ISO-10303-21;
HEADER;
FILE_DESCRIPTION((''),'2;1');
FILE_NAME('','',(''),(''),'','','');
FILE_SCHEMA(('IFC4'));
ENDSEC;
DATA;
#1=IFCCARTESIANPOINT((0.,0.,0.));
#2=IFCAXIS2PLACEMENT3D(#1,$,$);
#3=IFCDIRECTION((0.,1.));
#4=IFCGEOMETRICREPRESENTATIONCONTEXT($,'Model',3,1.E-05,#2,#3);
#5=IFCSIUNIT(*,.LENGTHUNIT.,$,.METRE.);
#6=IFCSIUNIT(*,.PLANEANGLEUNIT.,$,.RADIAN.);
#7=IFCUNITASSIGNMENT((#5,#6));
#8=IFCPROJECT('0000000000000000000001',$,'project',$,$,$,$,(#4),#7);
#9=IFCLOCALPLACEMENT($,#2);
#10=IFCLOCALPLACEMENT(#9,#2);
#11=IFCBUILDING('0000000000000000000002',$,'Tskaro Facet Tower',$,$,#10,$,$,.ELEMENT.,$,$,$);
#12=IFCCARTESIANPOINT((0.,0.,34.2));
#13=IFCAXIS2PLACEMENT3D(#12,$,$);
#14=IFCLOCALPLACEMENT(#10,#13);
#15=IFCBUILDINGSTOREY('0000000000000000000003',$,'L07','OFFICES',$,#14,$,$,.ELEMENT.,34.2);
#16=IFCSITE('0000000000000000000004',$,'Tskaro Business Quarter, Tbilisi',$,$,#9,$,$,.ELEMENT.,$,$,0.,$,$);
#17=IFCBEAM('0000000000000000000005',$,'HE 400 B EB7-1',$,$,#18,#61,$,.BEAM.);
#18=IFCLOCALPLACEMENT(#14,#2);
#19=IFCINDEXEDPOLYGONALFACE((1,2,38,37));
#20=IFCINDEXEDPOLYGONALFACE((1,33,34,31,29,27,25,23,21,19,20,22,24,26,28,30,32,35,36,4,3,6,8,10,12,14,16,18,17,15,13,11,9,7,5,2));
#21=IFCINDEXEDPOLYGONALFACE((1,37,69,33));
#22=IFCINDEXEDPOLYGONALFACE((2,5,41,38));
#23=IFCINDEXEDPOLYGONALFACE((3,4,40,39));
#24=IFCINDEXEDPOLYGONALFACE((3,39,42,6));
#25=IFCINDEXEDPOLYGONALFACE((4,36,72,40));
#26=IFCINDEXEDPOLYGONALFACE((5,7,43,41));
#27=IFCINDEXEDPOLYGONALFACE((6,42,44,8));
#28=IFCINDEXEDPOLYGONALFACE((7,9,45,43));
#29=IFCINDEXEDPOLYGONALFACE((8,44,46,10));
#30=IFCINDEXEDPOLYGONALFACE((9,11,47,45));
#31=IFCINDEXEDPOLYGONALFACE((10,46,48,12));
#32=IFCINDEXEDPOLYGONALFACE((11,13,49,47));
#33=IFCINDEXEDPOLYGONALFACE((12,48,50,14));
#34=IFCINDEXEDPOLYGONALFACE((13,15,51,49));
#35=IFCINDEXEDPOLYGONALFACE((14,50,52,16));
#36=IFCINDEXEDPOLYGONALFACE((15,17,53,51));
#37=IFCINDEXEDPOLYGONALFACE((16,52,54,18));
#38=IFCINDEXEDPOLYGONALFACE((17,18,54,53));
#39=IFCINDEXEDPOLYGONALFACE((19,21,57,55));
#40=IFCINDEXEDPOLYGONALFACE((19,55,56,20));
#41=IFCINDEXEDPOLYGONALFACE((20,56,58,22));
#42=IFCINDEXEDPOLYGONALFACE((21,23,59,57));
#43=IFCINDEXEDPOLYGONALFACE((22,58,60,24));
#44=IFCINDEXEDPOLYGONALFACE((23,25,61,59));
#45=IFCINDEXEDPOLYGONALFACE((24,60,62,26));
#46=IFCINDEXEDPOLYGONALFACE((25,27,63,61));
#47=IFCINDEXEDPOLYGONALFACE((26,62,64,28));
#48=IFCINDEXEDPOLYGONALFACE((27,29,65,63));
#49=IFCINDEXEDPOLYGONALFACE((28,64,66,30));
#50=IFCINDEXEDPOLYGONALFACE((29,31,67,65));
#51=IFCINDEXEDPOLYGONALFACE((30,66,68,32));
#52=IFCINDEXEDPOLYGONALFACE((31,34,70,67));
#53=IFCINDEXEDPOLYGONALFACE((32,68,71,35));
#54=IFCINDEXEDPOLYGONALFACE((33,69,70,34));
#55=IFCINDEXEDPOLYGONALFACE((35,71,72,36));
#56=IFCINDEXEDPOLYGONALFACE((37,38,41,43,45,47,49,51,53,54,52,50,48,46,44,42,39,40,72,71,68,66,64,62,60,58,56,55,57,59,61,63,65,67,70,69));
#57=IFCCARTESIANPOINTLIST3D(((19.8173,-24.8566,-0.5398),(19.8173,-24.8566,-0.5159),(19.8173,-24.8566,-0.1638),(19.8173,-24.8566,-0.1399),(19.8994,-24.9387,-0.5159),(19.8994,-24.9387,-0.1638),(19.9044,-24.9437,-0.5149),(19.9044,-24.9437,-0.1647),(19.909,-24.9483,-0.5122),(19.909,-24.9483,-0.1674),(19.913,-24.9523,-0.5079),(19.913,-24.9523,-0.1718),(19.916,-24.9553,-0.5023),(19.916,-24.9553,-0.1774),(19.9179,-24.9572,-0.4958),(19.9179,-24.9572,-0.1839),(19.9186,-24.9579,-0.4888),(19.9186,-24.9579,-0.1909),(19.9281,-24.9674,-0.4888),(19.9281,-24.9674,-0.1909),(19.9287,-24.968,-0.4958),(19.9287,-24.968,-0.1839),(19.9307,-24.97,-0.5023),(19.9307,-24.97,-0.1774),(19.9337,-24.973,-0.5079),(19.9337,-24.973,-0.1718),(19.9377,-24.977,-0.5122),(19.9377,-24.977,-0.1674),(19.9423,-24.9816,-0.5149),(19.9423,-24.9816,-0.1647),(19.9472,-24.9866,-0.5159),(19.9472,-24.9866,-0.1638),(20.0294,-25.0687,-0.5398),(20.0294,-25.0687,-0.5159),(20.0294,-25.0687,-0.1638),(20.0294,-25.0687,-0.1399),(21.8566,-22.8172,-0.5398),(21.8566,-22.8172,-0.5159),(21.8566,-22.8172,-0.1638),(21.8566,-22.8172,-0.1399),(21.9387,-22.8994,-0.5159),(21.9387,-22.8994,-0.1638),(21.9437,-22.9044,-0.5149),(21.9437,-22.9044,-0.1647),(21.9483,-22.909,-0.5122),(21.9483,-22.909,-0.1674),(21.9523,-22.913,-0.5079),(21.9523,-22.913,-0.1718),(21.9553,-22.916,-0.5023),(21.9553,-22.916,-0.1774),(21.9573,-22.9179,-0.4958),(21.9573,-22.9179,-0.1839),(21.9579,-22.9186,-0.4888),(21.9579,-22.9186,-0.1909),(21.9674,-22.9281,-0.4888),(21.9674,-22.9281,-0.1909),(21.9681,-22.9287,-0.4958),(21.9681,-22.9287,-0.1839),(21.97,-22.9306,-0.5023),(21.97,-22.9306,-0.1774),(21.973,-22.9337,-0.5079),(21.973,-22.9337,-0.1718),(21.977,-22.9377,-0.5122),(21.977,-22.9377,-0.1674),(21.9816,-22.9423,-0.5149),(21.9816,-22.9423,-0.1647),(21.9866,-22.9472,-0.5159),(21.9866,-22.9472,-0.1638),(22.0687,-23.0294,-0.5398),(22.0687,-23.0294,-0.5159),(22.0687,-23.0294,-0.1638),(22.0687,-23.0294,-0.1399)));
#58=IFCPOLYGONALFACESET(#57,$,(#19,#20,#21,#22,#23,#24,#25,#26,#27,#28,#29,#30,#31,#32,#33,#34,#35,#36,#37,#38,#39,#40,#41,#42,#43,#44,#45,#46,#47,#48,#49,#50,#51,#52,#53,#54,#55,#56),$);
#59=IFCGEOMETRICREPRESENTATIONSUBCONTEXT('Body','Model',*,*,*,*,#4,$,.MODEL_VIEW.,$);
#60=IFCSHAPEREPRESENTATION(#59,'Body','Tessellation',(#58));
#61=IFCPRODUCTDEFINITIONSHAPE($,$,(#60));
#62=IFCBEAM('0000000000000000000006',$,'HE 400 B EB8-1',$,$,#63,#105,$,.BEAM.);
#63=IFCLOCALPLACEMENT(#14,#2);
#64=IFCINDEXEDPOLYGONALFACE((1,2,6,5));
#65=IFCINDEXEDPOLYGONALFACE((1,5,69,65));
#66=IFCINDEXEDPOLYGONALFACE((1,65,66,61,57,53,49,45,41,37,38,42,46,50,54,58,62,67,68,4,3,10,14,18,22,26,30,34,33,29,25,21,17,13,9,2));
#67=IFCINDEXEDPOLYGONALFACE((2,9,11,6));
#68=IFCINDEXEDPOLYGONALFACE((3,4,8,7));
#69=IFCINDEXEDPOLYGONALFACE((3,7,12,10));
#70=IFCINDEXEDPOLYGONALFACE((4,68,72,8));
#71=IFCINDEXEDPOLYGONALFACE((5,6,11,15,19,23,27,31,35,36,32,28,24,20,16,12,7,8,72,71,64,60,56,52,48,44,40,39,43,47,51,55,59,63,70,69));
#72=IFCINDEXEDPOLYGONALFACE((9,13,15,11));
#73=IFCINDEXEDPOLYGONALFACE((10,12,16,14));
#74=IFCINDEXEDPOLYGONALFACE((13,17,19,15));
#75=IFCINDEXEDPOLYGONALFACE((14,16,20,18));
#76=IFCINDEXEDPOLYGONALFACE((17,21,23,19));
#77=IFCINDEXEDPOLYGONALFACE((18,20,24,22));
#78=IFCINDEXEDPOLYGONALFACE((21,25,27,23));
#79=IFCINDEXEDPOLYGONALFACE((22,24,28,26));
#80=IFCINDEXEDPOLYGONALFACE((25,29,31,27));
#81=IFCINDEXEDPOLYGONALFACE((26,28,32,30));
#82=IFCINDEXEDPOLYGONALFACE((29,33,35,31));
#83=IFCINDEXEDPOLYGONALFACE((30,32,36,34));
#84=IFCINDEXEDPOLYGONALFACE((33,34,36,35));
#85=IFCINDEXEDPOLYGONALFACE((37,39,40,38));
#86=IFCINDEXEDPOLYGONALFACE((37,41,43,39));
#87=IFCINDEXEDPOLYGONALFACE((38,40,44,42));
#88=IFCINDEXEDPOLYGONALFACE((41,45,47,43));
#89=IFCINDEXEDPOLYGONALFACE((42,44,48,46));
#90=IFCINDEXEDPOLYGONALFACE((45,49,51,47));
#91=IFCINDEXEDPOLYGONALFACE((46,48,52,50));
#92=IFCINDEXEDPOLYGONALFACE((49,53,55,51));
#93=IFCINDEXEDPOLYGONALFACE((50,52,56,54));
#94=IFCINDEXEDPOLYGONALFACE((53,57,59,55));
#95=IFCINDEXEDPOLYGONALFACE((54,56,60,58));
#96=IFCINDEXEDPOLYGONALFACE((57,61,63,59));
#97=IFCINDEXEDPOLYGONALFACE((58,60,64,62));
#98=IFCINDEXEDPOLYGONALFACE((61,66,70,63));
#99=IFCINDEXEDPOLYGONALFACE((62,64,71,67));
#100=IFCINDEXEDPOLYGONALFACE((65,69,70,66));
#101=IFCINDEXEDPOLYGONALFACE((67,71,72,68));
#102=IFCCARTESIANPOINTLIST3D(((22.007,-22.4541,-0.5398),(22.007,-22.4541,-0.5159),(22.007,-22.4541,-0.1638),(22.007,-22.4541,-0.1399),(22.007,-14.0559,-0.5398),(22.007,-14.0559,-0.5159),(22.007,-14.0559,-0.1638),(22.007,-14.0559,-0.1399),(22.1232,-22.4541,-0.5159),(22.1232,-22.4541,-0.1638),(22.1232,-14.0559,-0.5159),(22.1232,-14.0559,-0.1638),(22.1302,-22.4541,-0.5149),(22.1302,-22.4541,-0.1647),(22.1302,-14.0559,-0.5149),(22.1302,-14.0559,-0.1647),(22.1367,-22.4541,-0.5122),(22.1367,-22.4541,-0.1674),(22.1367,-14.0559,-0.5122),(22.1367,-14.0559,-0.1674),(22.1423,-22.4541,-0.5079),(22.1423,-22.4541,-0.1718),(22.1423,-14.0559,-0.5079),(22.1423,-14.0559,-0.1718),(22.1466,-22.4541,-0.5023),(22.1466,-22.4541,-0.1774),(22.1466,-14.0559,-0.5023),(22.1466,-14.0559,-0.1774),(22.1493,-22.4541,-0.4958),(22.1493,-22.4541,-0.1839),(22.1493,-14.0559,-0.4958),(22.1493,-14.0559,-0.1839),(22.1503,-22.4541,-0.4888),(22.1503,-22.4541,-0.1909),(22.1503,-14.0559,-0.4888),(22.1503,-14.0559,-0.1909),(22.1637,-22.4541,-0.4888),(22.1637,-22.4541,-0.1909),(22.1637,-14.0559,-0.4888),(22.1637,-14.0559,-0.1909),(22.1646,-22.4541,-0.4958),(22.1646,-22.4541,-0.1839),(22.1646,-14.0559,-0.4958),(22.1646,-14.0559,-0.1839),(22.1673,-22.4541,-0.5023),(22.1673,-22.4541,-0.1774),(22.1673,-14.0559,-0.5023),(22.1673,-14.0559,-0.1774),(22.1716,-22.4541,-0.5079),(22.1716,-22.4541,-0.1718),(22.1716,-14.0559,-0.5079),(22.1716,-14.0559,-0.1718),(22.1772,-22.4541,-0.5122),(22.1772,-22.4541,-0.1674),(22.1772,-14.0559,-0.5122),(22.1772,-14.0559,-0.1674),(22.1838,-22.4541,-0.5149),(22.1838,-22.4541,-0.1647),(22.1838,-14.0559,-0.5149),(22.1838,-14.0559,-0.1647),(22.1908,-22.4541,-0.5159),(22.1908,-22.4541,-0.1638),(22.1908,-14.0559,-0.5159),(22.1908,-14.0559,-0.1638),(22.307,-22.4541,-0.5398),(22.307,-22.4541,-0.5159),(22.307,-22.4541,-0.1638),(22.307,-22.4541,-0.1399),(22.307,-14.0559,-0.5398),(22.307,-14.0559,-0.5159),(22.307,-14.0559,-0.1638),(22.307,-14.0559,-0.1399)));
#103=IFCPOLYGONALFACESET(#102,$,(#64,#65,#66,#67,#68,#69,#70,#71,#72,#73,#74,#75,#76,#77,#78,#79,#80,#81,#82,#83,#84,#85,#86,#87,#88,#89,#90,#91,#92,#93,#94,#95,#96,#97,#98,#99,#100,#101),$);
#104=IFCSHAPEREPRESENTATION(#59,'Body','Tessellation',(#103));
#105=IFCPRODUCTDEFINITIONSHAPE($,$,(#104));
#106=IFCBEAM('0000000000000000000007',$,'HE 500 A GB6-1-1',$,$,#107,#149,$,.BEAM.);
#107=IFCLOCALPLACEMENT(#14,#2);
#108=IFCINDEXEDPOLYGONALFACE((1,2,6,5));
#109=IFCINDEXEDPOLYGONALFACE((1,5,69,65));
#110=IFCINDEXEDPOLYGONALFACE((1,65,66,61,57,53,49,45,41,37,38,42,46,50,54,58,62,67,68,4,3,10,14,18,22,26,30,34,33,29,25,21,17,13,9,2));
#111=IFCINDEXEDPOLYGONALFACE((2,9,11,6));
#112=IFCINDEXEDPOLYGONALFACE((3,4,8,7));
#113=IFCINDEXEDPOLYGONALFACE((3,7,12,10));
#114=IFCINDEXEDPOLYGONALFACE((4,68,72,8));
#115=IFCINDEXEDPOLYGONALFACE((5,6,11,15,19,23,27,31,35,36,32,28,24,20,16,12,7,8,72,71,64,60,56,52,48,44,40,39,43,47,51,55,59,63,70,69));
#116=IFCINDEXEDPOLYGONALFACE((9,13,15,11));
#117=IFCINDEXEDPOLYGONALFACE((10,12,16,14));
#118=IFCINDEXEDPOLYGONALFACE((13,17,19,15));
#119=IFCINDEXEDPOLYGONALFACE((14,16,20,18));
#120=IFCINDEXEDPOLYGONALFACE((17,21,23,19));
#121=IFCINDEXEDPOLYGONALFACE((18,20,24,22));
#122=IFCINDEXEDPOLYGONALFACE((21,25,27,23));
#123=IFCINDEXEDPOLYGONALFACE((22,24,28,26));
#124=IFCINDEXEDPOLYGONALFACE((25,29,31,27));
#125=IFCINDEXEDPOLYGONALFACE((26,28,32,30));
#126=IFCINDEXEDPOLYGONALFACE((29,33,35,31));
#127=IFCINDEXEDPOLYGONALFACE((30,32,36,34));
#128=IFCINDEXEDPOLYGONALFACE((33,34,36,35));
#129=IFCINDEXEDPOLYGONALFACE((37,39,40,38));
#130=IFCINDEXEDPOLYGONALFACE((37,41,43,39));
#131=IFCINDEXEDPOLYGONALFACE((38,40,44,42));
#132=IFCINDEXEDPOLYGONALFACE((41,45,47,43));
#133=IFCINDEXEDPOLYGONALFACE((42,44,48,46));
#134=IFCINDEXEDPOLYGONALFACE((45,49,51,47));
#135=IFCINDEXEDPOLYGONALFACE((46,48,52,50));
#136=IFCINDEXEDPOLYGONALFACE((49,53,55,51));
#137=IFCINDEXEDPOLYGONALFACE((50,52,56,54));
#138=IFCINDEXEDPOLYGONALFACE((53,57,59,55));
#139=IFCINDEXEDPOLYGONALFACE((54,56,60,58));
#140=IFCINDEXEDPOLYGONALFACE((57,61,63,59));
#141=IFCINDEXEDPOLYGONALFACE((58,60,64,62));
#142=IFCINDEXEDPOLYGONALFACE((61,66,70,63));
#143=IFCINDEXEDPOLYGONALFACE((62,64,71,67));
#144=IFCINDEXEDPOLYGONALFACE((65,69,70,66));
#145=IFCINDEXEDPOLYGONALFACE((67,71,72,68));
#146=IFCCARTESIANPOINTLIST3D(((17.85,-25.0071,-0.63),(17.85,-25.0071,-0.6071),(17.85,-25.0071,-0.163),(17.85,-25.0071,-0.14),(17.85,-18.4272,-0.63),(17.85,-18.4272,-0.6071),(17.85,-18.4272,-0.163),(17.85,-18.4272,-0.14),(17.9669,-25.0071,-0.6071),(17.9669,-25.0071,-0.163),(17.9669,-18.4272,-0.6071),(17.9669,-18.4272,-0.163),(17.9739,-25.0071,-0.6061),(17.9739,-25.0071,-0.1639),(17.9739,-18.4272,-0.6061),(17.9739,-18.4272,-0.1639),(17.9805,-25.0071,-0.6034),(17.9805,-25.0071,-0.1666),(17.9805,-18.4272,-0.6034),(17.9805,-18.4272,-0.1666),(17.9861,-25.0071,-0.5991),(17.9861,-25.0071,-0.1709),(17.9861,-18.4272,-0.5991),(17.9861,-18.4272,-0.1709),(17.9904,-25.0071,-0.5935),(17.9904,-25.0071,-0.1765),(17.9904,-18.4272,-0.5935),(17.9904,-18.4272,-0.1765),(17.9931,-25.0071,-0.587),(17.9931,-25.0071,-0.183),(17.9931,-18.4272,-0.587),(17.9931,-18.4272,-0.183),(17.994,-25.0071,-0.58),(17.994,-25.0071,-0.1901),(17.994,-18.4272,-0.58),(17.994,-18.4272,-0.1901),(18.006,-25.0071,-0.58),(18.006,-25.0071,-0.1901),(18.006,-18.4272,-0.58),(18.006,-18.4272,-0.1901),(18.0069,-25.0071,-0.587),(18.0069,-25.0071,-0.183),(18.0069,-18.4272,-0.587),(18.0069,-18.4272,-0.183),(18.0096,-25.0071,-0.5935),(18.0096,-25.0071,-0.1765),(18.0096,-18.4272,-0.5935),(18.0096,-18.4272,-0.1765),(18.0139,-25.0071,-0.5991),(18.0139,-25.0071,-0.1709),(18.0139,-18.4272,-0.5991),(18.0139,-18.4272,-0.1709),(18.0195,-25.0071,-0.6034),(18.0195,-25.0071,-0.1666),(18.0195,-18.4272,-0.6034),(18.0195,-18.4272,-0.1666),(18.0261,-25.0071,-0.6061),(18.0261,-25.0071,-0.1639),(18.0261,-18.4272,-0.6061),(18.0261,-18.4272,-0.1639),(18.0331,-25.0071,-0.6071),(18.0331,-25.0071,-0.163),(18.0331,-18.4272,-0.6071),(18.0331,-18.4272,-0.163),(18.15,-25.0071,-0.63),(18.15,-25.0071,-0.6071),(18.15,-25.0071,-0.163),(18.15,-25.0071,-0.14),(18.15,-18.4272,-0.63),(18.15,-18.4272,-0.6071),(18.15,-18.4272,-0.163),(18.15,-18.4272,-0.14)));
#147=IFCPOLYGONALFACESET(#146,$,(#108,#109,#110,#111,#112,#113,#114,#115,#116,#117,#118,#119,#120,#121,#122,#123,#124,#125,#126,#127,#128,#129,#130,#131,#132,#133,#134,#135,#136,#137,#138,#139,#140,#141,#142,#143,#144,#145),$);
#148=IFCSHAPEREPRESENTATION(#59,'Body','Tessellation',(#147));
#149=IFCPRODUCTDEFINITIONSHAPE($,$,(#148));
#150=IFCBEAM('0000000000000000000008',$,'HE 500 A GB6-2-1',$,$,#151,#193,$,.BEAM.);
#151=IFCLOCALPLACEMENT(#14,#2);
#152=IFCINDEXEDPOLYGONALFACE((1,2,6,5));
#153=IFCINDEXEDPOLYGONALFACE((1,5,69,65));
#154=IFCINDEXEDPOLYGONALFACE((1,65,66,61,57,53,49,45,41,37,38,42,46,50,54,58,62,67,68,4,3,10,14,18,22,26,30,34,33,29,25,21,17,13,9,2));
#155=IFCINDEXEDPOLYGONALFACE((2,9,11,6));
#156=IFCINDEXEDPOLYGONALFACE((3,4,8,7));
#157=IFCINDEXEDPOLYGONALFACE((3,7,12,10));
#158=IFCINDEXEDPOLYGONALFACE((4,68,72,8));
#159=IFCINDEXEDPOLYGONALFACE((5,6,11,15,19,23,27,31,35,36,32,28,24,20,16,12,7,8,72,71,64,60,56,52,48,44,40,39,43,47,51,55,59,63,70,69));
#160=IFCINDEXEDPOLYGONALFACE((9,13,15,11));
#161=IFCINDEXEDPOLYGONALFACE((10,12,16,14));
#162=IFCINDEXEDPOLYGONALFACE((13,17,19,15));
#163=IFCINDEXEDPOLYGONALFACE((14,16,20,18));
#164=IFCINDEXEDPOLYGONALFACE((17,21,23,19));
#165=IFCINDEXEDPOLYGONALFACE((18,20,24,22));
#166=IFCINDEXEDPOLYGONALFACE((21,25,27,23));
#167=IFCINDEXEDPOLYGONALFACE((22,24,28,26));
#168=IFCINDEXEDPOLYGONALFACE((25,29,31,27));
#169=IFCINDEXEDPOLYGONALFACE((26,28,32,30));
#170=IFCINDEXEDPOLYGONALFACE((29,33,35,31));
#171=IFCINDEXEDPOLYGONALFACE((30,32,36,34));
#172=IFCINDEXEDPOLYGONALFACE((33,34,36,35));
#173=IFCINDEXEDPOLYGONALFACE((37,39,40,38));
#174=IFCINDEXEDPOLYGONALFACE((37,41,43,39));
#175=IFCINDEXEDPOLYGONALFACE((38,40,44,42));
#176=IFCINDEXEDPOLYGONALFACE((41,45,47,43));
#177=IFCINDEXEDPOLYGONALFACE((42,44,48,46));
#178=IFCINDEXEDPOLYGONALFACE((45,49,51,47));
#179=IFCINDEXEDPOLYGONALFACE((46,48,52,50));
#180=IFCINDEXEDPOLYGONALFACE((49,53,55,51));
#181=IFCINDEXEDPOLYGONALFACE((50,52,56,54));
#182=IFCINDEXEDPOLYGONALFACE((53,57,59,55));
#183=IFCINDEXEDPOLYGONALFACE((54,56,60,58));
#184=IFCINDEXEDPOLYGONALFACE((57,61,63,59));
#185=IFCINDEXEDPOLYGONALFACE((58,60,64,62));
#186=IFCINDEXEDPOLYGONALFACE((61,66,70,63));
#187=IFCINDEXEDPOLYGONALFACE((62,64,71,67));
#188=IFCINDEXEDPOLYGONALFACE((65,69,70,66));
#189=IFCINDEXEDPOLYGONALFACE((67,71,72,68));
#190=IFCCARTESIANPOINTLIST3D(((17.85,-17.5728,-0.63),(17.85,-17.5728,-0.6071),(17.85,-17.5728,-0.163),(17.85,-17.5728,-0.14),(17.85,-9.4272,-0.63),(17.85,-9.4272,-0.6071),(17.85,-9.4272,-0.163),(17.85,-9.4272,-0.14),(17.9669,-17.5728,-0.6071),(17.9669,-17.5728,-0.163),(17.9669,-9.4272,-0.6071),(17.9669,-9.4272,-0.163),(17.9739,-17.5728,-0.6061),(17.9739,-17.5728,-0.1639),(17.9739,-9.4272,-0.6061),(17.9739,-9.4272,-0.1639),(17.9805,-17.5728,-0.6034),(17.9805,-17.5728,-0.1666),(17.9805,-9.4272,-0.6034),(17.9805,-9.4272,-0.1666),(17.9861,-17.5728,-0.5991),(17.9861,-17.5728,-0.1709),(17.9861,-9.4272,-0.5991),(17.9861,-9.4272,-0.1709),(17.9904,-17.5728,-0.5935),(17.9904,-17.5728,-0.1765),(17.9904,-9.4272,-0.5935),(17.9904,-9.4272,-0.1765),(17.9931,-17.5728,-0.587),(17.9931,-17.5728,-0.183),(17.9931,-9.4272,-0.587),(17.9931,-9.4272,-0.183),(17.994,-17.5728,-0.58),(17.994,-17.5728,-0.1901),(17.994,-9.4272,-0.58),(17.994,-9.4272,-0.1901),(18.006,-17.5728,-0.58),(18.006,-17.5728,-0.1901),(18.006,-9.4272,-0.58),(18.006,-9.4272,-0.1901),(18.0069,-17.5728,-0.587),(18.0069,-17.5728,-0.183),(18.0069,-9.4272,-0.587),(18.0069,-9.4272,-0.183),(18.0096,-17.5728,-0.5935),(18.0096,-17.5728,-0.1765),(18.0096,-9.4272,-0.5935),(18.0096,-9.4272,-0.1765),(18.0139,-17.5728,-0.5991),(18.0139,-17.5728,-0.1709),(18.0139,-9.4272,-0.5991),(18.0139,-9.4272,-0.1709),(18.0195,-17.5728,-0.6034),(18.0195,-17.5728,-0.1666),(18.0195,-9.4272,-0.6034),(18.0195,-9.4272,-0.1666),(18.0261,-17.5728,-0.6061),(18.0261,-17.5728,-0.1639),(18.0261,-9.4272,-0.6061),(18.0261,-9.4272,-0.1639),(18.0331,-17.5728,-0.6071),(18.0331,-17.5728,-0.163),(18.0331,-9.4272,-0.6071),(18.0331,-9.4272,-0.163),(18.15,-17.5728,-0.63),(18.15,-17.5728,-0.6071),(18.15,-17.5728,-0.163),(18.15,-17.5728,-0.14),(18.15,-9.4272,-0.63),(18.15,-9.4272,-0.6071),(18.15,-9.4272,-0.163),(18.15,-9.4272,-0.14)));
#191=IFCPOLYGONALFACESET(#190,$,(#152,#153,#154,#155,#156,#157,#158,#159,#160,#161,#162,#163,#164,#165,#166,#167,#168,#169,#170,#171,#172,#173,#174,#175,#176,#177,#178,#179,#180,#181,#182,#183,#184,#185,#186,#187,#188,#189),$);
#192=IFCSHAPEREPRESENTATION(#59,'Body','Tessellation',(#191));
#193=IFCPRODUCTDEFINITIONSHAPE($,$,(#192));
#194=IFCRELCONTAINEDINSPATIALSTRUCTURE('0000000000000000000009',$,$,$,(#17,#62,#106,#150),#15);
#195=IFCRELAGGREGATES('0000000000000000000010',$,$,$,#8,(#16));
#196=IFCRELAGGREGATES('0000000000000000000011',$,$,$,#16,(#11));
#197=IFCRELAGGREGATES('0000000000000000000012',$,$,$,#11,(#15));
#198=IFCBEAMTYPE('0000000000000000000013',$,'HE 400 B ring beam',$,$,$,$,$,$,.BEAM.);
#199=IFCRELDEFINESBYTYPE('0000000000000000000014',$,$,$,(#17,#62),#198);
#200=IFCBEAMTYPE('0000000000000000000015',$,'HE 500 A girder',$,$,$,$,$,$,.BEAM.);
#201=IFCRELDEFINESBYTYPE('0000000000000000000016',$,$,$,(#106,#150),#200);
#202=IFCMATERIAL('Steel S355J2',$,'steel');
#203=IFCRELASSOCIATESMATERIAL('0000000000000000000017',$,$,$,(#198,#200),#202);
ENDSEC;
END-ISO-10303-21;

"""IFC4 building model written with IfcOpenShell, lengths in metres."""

from ifc_helpers import new_model, si_unit, direction, frame, origin, origin_2d, place, context, subcontext, project, spatial, i_section, extrude, material, material_profile, profile_set, type_object, element, save


model = new_model("IFC4")

# Units and contexts
model_context = context("Model", 3, precision=1e-05, world=origin(), true_north=direction((0.0, 1.0)))
body_context = subcontext(model_context, "Body", "Model", "MODEL_VIEW")
ifc_project = project(units=[si_unit("LENGTHUNIT", "METRE"), si_unit("PLANEANGLEUNIT", "RADIAN")], contexts=[model_context])

# Site, building, storey
site_placement = place(None, origin())
site = spatial("IfcSite", under=ifc_project, at=site_placement, Name="Tskaro Business Quarter, Tbilisi", CompositionType="ELEMENT", RefElevation=0.0)
building_placement = place(site_placement, origin())
building = spatial("IfcBuilding", under=site, at=building_placement, Name="Tskaro Facet Tower", CompositionType="ELEMENT")
storey_placement = place(building_placement, frame((0.0, 0.0, 34.2)))
storey = spatial("IfcBuildingStorey", under=building, at=storey_placement, Name="L07", Description="OFFICES", CompositionType="ELEMENT", Elevation=34.2)

# Beams
ifc_material_1 = material(Name="Steel S355J2", Category="steel")
ifc_material_profile_1 = material_profile(ifc_material_1, i_section(OverallWidth=0.3, OverallDepth=0.3999, WebThickness=0.0134, FlangeThickness=0.0239, FilletRadius=0.0271, at=origin_2d()), Name="HE 400 B")
ifc_profile_set_1 = profile_set([ifc_material_profile_1], Name="Steel S355J2")
beam_type_1 = type_object("IfcBeamType", Name="HE 400 B ring beam", PredefinedType="BEAM", material=ifc_profile_set_1)
beam_1_placement = place(storey_placement, frame((19.9233, -24.9626, -0.3398), z_axis=(0.707107, 0.707107, 0.0), x_axis=(-0.707107, 0.707107, 0.0)))
element("IfcBeam", 1, at=beam_1_placement, inside=storey, type_object=beam_type_1, Name="HE 400 B EB7-1", PredefinedType="BEAM", context=body_context, shape_type="SweptSolid", body=[
    extrude(i_section(OverallWidth=0.3, OverallDepth=0.3999, WebThickness=0.0134, FlangeThickness=0.0239, FilletRadius=0.0271, at=origin_2d()), origin(), (0.0, 0.0, 1.0), 2.884),
])
beam_2_placement = place(storey_placement, frame((22.157, -22.4541, -0.3398), z_axis=(0.0, 1.0, 0.0), x_axis=(-1.0, 0.0, 0.0)))
element("IfcBeam", 2, at=beam_2_placement, inside=storey, type_object=beam_type_1, Name="HE 400 B EB8-1", PredefinedType="BEAM", context=body_context, shape_type="SweptSolid", body=[
    extrude(i_section(OverallWidth=0.3, OverallDepth=0.3999, WebThickness=0.0134, FlangeThickness=0.0239, FilletRadius=0.0271, at=origin_2d()), origin(), (0.0, 0.0, 1.0), 8.3982),
])
ifc_material_profile_2 = material_profile(ifc_material_1, i_section(OverallWidth=0.3, OverallDepth=0.49, WebThickness=0.012, FlangeThickness=0.0229, FilletRadius=0.0271, at=origin_2d()), Name="HE 500 A")
ifc_profile_set_2 = profile_set([ifc_material_profile_2], Name="Steel S355J2")
beam_type_2 = type_object("IfcBeamType", Name="HE 500 A girder", PredefinedType="BEAM", material=ifc_profile_set_2)
beam_3_placement = place(storey_placement, frame((18.0, -25.0071, -0.385), z_axis=(0.0, 1.0, 0.0), x_axis=(-1.0, 0.0, 0.0)))
element("IfcBeam", 3, at=beam_3_placement, inside=storey, type_object=beam_type_2, Name="HE 500 A GB6-1-1", PredefinedType="BEAM", context=body_context, shape_type="SweptSolid", body=[
    extrude(i_section(OverallWidth=0.3, OverallDepth=0.49, WebThickness=0.012, FlangeThickness=0.0229, FilletRadius=0.0271, at=origin_2d()), origin(), (0.0, 0.0, 1.0), 6.5798),
])
beam_4_placement = place(storey_placement, frame((18.0, -17.5728, -0.385), z_axis=(0.0, 1.0, 0.0), x_axis=(-1.0, 0.0, 0.0)))
element("IfcBeam", 4, at=beam_4_placement, inside=storey, type_object=beam_type_2, Name="HE 500 A GB6-2-1", PredefinedType="BEAM", context=body_context, shape_type="SweptSolid", body=[
    extrude(i_section(OverallWidth=0.3, OverallDepth=0.49, WebThickness=0.012, FlangeThickness=0.0229, FilletRadius=0.0271, at=origin_2d()), origin(), (0.0, 0.0, 1.0), 8.1455),
])

save(model, "model.ifc")
